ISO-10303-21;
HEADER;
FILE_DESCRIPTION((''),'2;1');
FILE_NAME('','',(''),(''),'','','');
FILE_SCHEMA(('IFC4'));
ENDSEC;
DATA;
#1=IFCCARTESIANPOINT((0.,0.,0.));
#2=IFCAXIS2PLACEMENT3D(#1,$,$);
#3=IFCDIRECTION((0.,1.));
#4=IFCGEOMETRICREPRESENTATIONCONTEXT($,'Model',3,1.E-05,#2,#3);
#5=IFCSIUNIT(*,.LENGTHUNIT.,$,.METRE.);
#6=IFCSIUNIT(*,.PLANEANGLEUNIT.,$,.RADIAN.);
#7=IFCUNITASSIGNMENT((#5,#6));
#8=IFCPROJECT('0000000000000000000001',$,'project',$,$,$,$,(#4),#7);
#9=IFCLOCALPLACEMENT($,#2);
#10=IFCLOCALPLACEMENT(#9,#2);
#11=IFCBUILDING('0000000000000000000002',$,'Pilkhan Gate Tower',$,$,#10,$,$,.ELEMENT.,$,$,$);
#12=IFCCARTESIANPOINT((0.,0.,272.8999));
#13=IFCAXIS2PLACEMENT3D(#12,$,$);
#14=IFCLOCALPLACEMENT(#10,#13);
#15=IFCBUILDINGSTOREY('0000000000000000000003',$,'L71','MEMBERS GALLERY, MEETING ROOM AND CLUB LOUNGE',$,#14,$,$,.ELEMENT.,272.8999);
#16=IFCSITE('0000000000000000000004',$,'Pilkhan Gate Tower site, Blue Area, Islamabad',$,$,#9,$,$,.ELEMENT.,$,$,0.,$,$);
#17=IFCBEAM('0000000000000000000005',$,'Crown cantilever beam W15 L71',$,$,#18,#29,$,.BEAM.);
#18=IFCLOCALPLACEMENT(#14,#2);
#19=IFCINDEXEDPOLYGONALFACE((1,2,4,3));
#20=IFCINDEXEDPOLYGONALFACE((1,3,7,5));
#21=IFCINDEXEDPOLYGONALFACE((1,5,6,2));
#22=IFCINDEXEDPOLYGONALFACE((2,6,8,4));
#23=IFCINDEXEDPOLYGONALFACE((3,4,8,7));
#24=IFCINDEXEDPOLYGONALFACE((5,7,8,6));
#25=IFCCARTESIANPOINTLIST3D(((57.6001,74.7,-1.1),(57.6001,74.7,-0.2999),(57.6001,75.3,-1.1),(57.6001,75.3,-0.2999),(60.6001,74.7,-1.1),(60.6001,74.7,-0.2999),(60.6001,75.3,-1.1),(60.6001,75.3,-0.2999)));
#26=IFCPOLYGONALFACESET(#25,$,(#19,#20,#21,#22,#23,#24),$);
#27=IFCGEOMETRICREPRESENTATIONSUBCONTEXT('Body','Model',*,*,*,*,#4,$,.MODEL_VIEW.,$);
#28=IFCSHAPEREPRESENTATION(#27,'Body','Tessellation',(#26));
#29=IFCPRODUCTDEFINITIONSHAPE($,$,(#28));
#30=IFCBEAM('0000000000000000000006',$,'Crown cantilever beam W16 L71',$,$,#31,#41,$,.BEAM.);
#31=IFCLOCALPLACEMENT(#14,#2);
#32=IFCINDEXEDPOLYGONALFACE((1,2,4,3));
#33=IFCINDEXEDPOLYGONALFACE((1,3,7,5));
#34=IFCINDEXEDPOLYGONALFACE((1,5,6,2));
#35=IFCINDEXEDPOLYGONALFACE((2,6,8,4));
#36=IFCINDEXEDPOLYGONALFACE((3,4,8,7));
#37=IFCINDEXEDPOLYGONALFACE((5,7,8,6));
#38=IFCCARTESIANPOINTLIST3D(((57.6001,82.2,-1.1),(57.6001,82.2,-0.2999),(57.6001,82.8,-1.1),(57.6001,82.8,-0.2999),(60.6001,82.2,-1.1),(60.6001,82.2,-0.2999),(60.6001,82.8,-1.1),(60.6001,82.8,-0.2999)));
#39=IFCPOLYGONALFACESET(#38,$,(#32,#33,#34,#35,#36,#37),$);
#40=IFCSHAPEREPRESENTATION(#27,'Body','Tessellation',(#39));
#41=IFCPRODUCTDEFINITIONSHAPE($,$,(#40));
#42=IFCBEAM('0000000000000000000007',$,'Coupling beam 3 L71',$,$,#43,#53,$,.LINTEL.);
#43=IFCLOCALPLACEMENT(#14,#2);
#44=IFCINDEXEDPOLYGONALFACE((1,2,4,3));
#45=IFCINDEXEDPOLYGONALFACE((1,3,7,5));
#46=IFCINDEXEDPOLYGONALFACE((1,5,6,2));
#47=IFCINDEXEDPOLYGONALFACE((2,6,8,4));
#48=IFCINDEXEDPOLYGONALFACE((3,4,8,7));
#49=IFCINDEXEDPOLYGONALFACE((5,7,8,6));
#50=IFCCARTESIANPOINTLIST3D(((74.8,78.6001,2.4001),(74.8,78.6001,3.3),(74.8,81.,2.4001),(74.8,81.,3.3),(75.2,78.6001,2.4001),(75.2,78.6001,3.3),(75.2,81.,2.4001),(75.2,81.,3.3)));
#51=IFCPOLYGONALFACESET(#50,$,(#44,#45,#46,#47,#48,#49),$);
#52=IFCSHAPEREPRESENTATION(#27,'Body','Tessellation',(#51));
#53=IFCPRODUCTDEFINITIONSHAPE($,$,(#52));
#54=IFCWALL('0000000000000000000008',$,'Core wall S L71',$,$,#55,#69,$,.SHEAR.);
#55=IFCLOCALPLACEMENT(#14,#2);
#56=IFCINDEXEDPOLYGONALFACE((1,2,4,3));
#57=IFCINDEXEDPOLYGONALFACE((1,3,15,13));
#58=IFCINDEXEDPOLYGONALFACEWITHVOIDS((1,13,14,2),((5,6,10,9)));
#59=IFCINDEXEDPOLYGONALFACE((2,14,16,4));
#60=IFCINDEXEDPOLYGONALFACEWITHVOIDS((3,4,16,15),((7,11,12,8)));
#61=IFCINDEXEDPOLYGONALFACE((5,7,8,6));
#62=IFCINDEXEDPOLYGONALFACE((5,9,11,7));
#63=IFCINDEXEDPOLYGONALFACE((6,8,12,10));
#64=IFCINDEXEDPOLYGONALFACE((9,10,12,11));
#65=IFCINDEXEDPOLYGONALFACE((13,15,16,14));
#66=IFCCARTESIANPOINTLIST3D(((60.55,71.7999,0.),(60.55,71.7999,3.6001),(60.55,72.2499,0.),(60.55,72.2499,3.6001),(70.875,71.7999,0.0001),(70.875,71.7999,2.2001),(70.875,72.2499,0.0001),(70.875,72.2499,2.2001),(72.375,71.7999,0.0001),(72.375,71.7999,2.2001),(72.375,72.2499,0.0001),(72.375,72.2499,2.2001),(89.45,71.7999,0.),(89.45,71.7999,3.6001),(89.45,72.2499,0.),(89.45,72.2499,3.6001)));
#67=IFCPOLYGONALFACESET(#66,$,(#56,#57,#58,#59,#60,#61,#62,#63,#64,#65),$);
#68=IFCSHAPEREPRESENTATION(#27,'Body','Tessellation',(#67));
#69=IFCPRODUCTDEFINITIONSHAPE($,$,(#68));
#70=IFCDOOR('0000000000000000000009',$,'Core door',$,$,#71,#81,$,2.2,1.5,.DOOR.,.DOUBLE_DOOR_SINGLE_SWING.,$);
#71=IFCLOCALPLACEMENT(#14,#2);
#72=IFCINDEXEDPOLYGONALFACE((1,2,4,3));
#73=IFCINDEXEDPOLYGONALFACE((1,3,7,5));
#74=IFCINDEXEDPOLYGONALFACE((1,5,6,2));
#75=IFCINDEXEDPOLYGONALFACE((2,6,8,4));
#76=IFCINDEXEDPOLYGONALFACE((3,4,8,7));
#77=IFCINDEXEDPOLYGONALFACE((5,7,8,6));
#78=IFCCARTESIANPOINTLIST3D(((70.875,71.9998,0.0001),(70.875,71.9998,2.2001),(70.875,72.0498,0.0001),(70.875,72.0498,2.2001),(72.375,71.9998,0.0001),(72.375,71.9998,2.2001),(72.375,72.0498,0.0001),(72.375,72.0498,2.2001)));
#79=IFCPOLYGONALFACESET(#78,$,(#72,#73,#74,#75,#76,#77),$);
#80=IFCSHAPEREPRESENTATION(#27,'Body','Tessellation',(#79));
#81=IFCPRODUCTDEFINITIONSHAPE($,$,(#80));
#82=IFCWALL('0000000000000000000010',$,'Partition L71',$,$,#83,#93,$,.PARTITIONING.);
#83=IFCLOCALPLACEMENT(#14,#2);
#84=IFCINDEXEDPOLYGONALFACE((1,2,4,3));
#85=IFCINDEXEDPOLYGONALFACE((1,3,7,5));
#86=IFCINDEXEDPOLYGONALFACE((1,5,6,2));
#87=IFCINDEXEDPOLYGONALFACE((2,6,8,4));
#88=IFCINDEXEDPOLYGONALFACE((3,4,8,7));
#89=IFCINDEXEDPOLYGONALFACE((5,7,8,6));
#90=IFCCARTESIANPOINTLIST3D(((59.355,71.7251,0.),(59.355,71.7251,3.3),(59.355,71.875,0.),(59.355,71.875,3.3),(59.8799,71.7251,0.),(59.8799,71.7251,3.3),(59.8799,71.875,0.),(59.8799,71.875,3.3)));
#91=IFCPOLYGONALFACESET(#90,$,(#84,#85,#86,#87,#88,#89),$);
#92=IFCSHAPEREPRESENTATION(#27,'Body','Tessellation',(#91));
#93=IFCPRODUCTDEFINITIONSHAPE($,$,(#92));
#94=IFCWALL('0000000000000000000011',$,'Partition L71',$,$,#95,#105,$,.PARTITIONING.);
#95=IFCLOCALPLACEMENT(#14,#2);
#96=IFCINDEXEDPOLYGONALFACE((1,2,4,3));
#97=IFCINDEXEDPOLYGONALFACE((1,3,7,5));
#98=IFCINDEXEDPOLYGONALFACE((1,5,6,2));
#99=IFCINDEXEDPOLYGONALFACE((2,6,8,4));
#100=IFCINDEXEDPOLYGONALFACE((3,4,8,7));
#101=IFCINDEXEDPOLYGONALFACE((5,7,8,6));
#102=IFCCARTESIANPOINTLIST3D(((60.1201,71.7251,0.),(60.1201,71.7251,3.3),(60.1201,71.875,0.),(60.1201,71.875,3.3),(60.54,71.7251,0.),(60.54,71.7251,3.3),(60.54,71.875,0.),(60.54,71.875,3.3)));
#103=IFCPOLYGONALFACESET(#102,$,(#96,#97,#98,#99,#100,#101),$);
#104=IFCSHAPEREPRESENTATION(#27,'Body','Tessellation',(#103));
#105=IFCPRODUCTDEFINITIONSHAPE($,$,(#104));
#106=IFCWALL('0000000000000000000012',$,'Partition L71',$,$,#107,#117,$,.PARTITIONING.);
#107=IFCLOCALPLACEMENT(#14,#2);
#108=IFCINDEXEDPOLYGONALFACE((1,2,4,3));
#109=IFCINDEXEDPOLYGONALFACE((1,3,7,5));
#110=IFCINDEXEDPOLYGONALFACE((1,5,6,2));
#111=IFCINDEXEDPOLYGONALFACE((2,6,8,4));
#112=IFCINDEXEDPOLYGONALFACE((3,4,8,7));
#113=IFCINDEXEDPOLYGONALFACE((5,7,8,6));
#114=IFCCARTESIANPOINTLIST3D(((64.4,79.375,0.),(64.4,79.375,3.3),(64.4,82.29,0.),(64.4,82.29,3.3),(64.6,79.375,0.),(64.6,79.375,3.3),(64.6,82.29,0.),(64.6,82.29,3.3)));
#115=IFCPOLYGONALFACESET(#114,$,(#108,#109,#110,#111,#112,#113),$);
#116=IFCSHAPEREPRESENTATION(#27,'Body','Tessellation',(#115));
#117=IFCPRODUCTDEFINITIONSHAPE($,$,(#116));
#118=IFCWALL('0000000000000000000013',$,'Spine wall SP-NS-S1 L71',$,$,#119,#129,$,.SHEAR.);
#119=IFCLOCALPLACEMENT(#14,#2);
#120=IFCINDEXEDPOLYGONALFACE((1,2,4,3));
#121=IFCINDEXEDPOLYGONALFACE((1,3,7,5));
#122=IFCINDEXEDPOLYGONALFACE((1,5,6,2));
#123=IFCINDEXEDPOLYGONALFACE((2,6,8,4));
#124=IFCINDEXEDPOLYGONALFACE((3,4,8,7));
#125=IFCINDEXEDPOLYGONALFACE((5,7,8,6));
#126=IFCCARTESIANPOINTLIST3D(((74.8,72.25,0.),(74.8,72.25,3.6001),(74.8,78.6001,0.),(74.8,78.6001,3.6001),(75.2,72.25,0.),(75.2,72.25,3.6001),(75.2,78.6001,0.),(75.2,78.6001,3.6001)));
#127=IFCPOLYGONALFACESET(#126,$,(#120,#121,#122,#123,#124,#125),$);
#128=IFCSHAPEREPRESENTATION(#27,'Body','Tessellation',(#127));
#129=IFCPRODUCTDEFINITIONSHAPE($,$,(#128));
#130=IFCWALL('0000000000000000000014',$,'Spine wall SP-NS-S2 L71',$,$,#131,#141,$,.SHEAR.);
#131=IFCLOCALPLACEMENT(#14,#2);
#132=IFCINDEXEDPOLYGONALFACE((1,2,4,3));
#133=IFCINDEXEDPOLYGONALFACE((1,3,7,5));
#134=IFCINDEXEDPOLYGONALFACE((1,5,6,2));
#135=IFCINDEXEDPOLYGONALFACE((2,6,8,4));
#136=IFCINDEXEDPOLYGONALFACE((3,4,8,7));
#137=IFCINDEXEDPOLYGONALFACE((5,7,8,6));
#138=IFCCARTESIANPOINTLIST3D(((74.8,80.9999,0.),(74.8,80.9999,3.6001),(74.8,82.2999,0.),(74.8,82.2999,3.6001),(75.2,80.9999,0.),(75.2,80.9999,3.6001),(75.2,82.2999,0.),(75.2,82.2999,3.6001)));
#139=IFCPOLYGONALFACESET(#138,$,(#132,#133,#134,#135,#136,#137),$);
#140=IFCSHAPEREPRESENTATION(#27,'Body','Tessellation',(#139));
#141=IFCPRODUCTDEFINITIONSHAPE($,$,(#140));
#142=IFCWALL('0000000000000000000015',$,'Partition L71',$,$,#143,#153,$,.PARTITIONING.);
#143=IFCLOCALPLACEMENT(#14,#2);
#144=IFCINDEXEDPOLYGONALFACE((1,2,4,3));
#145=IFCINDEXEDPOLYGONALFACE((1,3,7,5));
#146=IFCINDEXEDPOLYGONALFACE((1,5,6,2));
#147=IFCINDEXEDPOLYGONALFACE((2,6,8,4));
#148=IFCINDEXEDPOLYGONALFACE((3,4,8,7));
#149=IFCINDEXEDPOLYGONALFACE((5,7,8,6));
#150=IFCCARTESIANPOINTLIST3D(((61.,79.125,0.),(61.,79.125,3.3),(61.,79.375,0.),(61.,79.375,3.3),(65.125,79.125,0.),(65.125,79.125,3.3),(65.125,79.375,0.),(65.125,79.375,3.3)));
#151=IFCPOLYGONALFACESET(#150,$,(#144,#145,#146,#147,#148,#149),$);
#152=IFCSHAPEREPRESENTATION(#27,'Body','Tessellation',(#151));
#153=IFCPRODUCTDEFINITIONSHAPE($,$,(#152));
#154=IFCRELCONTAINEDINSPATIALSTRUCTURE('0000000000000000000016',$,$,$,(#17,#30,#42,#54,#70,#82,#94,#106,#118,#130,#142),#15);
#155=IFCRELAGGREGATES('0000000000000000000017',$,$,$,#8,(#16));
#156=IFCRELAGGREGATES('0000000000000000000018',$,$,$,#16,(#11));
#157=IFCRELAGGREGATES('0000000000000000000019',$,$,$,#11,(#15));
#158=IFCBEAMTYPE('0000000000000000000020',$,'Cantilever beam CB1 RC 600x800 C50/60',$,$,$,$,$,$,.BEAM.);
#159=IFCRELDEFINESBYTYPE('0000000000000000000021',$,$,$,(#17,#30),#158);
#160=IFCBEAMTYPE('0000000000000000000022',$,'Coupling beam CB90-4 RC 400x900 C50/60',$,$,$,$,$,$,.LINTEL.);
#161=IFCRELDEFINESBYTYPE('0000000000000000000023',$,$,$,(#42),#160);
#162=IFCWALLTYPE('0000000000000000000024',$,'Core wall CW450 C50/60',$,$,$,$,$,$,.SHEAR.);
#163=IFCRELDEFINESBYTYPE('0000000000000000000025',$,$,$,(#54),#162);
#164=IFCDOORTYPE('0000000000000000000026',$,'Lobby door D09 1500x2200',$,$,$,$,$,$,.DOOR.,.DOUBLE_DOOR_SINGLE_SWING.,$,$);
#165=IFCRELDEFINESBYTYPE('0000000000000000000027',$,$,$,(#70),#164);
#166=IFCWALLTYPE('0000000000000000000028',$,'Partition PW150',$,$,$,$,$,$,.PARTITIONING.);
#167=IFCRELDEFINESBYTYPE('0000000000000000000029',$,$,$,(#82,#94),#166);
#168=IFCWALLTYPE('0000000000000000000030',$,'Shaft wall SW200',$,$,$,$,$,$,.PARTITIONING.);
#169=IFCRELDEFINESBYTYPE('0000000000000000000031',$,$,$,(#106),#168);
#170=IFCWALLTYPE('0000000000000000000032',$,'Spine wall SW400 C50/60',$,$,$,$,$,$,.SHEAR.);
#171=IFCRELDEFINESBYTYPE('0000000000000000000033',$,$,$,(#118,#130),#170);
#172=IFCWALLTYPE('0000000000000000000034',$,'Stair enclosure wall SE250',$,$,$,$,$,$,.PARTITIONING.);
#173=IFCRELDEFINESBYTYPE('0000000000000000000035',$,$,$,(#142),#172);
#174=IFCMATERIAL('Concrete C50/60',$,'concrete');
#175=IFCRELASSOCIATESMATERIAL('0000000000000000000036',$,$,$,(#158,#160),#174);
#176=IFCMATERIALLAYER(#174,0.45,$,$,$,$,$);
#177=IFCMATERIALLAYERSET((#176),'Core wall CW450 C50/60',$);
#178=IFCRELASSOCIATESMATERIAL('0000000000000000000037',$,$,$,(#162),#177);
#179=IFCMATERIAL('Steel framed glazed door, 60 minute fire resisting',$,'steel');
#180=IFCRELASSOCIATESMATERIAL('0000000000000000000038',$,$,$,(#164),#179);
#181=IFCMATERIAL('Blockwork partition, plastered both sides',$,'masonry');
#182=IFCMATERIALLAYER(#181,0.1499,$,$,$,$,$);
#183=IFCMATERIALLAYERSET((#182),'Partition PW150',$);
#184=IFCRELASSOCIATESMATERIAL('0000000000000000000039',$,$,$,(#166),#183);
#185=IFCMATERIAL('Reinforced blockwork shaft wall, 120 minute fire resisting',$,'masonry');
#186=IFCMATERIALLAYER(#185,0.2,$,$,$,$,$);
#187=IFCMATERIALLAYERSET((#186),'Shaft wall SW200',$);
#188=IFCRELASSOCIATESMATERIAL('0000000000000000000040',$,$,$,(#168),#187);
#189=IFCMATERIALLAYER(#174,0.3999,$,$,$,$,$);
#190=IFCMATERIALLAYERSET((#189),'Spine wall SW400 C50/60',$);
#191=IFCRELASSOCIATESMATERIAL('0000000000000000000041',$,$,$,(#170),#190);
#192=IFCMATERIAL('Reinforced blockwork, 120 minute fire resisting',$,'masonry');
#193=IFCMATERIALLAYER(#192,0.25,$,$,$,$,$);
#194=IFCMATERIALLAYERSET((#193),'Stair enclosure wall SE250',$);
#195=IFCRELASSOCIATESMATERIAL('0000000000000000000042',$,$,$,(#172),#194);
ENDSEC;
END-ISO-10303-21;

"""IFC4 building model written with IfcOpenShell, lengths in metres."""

from ifc_helpers import new_model, si_unit, direction, frame, frame_2d, origin, origin_2d, place, context, subcontext, project, spatial, rectangle, extrude, material, layer, layer_set, material_profile, profile_set, type_object, element, fill, save


model = new_model("IFC4")

# Units and contexts
model_context = context("Model", 3, precision=1e-05, world=origin(), true_north=direction((0.0, 1.0)))
body_context = subcontext(model_context, "Body", "Model", "MODEL_VIEW")
ifc_project = project(units=[si_unit("LENGTHUNIT", "METRE"), si_unit("PLANEANGLEUNIT", "RADIAN")], contexts=[model_context])

# Site, building, storey
site_placement = place(None, origin())
site = spatial("IfcSite", under=ifc_project, at=site_placement, Name="Pilkhan Gate Tower site, Blue Area, Islamabad", CompositionType="ELEMENT", RefElevation=0.0)
building_placement = place(site_placement, origin())
building = spatial("IfcBuilding", under=site, at=building_placement, Name="Pilkhan Gate Tower", CompositionType="ELEMENT")
storey_placement = place(building_placement, frame((0.0, 0.0, 272.8999)))
storey = spatial("IfcBuildingStorey", under=building, at=storey_placement, Name="L71", Description="MEMBERS GALLERY, MEETING ROOM AND CLUB LOUNGE", CompositionType="ELEMENT", Elevation=272.8999)

# Beams
ifc_material_1 = material(Name="Concrete C50/60", Category="concrete")
ifc_material_profile_1 = material_profile(ifc_material_1, rectangle(XDim=0.6001, YDim=0.8, at=origin_2d()), Name="RC 600x800")
ifc_profile_set_1 = profile_set([ifc_material_profile_1], Name="Concrete C50/60")
beam_type_1 = type_object("IfcBeamType", Name="Cantilever beam CB1 RC 600x800 C50/60", PredefinedType="BEAM", material=ifc_profile_set_1)
for number, where, z_axis, x_axis, name in (
    (1, (60.6001, 75.0, -0.7), (-1.0, 0.0, 0.0), (0.0, -1.0, 0.0), "Crown cantilever beam W15 L71"),
    (2, (60.6001, 82.5, -0.7), (-1.0, 0.0, 0.0), (0.0, -1.0, 0.0), "Crown cantilever beam W16 L71"),
):
    element("IfcBeam", number, at=place(storey_placement, frame(where, z_axis=z_axis, x_axis=x_axis)), inside=storey, type_object=beam_type_1, Name=name, PredefinedType="BEAM", context=body_context, shape_type="SweptSolid", body=[
        extrude(rectangle(XDim=0.6001, YDim=0.8, at=origin_2d()), origin(), (0.0, 0.0, 1.0), 3.0),
    ])
ifc_material_profile_2 = material_profile(ifc_material_1, rectangle(XDim=0.3999, YDim=0.8999, at=origin_2d()), Name="RC 400x900")
ifc_profile_set_2 = profile_set([ifc_material_profile_2], Name="Concrete C50/60")
beam_type_2 = type_object("IfcBeamType", Name="Coupling beam CB90-4 RC 400x900 C50/60", PredefinedType="LINTEL", material=ifc_profile_set_2)
beam_placement = place(storey_placement, frame((75.0, 78.6001, 2.8501), z_axis=(0.0, 1.0, 0.0), x_axis=(-1.0, 0.0, 0.0)))
element("IfcBeam", 3, at=beam_placement, inside=storey, type_object=beam_type_2, Name="Coupling beam 3 L71", PredefinedType="LINTEL", context=body_context, shape_type="SweptSolid", body=[
    extrude(rectangle(XDim=0.3999, YDim=0.8999, at=origin_2d()), origin(), (0.0, 0.0, 1.0), 2.3999),
])

# Wall, opening, door
ifc_layer_1 = layer(ifc_material_1, 0.45)
ifc_layer_set_1 = layer_set([ifc_layer_1], Name="Core wall CW450 C50/60")
wall_type_1 = type_object("IfcWallType", Name="Core wall CW450 C50/60", PredefinedType="SHEAR", material=ifc_layer_set_1)
wall_1_placement = place(storey_placement, frame((60.55, 72.0249, 0.0), z_axis=(0.0, 0.0, 1.0), x_axis=(1.0, 0.0, 0.0)))
wall_1 = element("IfcWall", 4, at=wall_1_placement, inside=storey, type_object=wall_type_1, Name="Core wall S L71", PredefinedType="SHEAR", context=body_context, shape_type="SweptSolid", body=[
    extrude(rectangle(XDim=28.8999, YDim=0.45, at=frame_2d((14.45, 0.0))), origin(), (0.0, 0.0, 1.0), 3.6001),
])
opening_1_placement = place(wall_1_placement, frame((10.325, 0.0, 0.0)))
opening_1 = element("IfcOpeningElement", 5, at=opening_1_placement, cuts=wall_1, PredefinedType="OPENING", context=body_context, shape_type="SweptSolid", body=[
    extrude(rectangle(XDim=1.5, YDim=2.2, at=frame_2d((0.75, 1.1001))), frame((0.0, 0.2349, 0.0), z_axis=(0.0, -1.0, 0.0), x_axis=(1.0, 0.0, 0.0)), (0.0, 0.0, 1.0), 0.47),
])
ifc_material_2 = material(Name="Steel framed glazed door, 60 minute fire resisting", Category="steel")
door_type_1 = type_object("IfcDoorType", Name="Lobby door D09 1500x2200", OperationType="DOUBLE_DOOR_SINGLE_SWING", PredefinedType="DOOR", material=ifc_material_2)
door_1_placement = place(opening_1_placement, origin())
door_1 = element("IfcDoor", 6, at=door_1_placement, inside=storey, type_object=door_type_1, Name="Core door", OperationType="DOUBLE_DOOR_SINGLE_SWING", OverallHeight=2.2, OverallWidth=1.5, PredefinedType="DOOR", context=body_context, shape_type="SweptSolid", body=[
    extrude(rectangle(XDim=1.5, YDim=2.2, at=frame_2d((0.75, 1.1001))), frame((0.0, 0.0249, 0.0), z_axis=(0.0, -1.0, 0.0), x_axis=(1.0, 0.0, 0.0)), (0.0, 0.0, 1.0), 0.05),
])
fill(opening_1, door_1)

# Walls
ifc_material_3 = material(Name="Blockwork partition, plastered both sides", Category="masonry")
ifc_layer_2 = layer(ifc_material_3, 0.1499)
ifc_layer_set_2 = layer_set([ifc_layer_2], Name="Partition PW150")
wall_type_2 = type_object("IfcWallType", Name="Partition PW150", PredefinedType="PARTITIONING", material=ifc_layer_set_2)
wall_2_placement = place(storey_placement, frame((59.355, 71.8, 0.0), z_axis=(0.0, 0.0, 1.0), x_axis=(1.0, 0.0, 0.0)))
element("IfcWall", 7, at=wall_2_placement, inside=storey, type_object=wall_type_2, Name="Partition L71", PredefinedType="PARTITIONING", context=body_context, shape_type="SweptSolid", body=[
    extrude(rectangle(XDim=0.5249, YDim=0.1499, at=frame_2d((0.2625, 0.0))), origin(), (0.0, 0.0, 1.0), 3.3),
])
wall_3_placement = place(storey_placement, frame((60.1201, 71.8, 0.0), z_axis=(0.0, 0.0, 1.0), x_axis=(1.0, 0.0, 0.0)))
element("IfcWall", 8, at=wall_3_placement, inside=storey, type_object=wall_type_2, Name="Partition L71", PredefinedType="PARTITIONING", context=body_context, shape_type="SweptSolid", body=[
    extrude(rectangle(XDim=0.4199, YDim=0.1499, at=frame_2d((0.21, 0.0))), origin(), (0.0, 0.0, 1.0), 3.3),
])
ifc_material_4 = material(Name="Reinforced blockwork shaft wall, 120 minute fire resisting", Category="masonry")
ifc_layer_3 = layer(ifc_material_4, 0.2)
ifc_layer_set_3 = layer_set([ifc_layer_3], Name="Shaft wall SW200")
wall_type_3 = type_object("IfcWallType", Name="Shaft wall SW200", PredefinedType="PARTITIONING", material=ifc_layer_set_3)
wall_4_placement = place(storey_placement, frame((64.5, 79.375, 0.0), z_axis=(0.0, 0.0, 1.0), x_axis=(0.0, 1.0, 0.0)))
element("IfcWall", 9, at=wall_4_placement, inside=storey, type_object=wall_type_3, Name="Partition L71", PredefinedType="PARTITIONING", context=body_context, shape_type="SweptSolid", body=[
    extrude(rectangle(XDim=2.915, YDim=0.2, at=frame_2d((1.4575, 0.0))), origin(), (0.0, 0.0, 1.0), 3.3),
])
ifc_layer_4 = layer(ifc_material_1, 0.3999)
ifc_layer_set_4 = layer_set([ifc_layer_4], Name="Spine wall SW400 C50/60")
wall_type_4 = type_object("IfcWallType", Name="Spine wall SW400 C50/60", PredefinedType="SHEAR", material=ifc_layer_set_4)
wall_5_placement = place(storey_placement, frame((75.0, 72.25, 0.0), z_axis=(0.0, 0.0, 1.0), x_axis=(0.0, 1.0, 0.0)))
element("IfcWall", 10, at=wall_5_placement, inside=storey, type_object=wall_type_4, Name="Spine wall SP-NS-S1 L71", PredefinedType="SHEAR", context=body_context, shape_type="SweptSolid", body=[
    extrude(rectangle(XDim=6.3501, YDim=0.3999, at=frame_2d((3.175, 0.0))), origin(), (0.0, 0.0, 1.0), 3.6001),
])
wall_6_placement = place(storey_placement, frame((75.0, 81.0, 0.0), z_axis=(0.0, 0.0, 1.0), x_axis=(0.0, 1.0, 0.0)))
element("IfcWall", 11, at=wall_6_placement, inside=storey, type_object=wall_type_4, Name="Spine wall SP-NS-S2 L71", PredefinedType="SHEAR", context=body_context, shape_type="SweptSolid", body=[
    extrude(rectangle(XDim=1.3, YDim=0.3999, at=frame_2d((0.6499, 0.0))), origin(), (0.0, 0.0, 1.0), 3.6001),
])
ifc_material_5 = material(Name="Reinforced blockwork, 120 minute fire resisting", Category="masonry")
ifc_layer_5 = layer(ifc_material_5, 0.25)
ifc_layer_set_5 = layer_set([ifc_layer_5], Name="Stair enclosure wall SE250")
wall_type_5 = type_object("IfcWallType", Name="Stair enclosure wall SE250", PredefinedType="PARTITIONING", material=ifc_layer_set_5)
wall_7_placement = place(storey_placement, frame((61.0, 79.25, 0.0), z_axis=(0.0, 0.0, 1.0), x_axis=(1.0, 0.0, 0.0)))
element("IfcWall", 12, at=wall_7_placement, inside=storey, type_object=wall_type_5, Name="Partition L71", PredefinedType="PARTITIONING", context=body_context, shape_type="SweptSolid", body=[
    extrude(rectangle(XDim=4.125, YDim=0.25, at=frame_2d((2.0625, 0.0))), origin(), (0.0, 0.0, 1.0), 3.3),
])

save(model, "model.ifc")
